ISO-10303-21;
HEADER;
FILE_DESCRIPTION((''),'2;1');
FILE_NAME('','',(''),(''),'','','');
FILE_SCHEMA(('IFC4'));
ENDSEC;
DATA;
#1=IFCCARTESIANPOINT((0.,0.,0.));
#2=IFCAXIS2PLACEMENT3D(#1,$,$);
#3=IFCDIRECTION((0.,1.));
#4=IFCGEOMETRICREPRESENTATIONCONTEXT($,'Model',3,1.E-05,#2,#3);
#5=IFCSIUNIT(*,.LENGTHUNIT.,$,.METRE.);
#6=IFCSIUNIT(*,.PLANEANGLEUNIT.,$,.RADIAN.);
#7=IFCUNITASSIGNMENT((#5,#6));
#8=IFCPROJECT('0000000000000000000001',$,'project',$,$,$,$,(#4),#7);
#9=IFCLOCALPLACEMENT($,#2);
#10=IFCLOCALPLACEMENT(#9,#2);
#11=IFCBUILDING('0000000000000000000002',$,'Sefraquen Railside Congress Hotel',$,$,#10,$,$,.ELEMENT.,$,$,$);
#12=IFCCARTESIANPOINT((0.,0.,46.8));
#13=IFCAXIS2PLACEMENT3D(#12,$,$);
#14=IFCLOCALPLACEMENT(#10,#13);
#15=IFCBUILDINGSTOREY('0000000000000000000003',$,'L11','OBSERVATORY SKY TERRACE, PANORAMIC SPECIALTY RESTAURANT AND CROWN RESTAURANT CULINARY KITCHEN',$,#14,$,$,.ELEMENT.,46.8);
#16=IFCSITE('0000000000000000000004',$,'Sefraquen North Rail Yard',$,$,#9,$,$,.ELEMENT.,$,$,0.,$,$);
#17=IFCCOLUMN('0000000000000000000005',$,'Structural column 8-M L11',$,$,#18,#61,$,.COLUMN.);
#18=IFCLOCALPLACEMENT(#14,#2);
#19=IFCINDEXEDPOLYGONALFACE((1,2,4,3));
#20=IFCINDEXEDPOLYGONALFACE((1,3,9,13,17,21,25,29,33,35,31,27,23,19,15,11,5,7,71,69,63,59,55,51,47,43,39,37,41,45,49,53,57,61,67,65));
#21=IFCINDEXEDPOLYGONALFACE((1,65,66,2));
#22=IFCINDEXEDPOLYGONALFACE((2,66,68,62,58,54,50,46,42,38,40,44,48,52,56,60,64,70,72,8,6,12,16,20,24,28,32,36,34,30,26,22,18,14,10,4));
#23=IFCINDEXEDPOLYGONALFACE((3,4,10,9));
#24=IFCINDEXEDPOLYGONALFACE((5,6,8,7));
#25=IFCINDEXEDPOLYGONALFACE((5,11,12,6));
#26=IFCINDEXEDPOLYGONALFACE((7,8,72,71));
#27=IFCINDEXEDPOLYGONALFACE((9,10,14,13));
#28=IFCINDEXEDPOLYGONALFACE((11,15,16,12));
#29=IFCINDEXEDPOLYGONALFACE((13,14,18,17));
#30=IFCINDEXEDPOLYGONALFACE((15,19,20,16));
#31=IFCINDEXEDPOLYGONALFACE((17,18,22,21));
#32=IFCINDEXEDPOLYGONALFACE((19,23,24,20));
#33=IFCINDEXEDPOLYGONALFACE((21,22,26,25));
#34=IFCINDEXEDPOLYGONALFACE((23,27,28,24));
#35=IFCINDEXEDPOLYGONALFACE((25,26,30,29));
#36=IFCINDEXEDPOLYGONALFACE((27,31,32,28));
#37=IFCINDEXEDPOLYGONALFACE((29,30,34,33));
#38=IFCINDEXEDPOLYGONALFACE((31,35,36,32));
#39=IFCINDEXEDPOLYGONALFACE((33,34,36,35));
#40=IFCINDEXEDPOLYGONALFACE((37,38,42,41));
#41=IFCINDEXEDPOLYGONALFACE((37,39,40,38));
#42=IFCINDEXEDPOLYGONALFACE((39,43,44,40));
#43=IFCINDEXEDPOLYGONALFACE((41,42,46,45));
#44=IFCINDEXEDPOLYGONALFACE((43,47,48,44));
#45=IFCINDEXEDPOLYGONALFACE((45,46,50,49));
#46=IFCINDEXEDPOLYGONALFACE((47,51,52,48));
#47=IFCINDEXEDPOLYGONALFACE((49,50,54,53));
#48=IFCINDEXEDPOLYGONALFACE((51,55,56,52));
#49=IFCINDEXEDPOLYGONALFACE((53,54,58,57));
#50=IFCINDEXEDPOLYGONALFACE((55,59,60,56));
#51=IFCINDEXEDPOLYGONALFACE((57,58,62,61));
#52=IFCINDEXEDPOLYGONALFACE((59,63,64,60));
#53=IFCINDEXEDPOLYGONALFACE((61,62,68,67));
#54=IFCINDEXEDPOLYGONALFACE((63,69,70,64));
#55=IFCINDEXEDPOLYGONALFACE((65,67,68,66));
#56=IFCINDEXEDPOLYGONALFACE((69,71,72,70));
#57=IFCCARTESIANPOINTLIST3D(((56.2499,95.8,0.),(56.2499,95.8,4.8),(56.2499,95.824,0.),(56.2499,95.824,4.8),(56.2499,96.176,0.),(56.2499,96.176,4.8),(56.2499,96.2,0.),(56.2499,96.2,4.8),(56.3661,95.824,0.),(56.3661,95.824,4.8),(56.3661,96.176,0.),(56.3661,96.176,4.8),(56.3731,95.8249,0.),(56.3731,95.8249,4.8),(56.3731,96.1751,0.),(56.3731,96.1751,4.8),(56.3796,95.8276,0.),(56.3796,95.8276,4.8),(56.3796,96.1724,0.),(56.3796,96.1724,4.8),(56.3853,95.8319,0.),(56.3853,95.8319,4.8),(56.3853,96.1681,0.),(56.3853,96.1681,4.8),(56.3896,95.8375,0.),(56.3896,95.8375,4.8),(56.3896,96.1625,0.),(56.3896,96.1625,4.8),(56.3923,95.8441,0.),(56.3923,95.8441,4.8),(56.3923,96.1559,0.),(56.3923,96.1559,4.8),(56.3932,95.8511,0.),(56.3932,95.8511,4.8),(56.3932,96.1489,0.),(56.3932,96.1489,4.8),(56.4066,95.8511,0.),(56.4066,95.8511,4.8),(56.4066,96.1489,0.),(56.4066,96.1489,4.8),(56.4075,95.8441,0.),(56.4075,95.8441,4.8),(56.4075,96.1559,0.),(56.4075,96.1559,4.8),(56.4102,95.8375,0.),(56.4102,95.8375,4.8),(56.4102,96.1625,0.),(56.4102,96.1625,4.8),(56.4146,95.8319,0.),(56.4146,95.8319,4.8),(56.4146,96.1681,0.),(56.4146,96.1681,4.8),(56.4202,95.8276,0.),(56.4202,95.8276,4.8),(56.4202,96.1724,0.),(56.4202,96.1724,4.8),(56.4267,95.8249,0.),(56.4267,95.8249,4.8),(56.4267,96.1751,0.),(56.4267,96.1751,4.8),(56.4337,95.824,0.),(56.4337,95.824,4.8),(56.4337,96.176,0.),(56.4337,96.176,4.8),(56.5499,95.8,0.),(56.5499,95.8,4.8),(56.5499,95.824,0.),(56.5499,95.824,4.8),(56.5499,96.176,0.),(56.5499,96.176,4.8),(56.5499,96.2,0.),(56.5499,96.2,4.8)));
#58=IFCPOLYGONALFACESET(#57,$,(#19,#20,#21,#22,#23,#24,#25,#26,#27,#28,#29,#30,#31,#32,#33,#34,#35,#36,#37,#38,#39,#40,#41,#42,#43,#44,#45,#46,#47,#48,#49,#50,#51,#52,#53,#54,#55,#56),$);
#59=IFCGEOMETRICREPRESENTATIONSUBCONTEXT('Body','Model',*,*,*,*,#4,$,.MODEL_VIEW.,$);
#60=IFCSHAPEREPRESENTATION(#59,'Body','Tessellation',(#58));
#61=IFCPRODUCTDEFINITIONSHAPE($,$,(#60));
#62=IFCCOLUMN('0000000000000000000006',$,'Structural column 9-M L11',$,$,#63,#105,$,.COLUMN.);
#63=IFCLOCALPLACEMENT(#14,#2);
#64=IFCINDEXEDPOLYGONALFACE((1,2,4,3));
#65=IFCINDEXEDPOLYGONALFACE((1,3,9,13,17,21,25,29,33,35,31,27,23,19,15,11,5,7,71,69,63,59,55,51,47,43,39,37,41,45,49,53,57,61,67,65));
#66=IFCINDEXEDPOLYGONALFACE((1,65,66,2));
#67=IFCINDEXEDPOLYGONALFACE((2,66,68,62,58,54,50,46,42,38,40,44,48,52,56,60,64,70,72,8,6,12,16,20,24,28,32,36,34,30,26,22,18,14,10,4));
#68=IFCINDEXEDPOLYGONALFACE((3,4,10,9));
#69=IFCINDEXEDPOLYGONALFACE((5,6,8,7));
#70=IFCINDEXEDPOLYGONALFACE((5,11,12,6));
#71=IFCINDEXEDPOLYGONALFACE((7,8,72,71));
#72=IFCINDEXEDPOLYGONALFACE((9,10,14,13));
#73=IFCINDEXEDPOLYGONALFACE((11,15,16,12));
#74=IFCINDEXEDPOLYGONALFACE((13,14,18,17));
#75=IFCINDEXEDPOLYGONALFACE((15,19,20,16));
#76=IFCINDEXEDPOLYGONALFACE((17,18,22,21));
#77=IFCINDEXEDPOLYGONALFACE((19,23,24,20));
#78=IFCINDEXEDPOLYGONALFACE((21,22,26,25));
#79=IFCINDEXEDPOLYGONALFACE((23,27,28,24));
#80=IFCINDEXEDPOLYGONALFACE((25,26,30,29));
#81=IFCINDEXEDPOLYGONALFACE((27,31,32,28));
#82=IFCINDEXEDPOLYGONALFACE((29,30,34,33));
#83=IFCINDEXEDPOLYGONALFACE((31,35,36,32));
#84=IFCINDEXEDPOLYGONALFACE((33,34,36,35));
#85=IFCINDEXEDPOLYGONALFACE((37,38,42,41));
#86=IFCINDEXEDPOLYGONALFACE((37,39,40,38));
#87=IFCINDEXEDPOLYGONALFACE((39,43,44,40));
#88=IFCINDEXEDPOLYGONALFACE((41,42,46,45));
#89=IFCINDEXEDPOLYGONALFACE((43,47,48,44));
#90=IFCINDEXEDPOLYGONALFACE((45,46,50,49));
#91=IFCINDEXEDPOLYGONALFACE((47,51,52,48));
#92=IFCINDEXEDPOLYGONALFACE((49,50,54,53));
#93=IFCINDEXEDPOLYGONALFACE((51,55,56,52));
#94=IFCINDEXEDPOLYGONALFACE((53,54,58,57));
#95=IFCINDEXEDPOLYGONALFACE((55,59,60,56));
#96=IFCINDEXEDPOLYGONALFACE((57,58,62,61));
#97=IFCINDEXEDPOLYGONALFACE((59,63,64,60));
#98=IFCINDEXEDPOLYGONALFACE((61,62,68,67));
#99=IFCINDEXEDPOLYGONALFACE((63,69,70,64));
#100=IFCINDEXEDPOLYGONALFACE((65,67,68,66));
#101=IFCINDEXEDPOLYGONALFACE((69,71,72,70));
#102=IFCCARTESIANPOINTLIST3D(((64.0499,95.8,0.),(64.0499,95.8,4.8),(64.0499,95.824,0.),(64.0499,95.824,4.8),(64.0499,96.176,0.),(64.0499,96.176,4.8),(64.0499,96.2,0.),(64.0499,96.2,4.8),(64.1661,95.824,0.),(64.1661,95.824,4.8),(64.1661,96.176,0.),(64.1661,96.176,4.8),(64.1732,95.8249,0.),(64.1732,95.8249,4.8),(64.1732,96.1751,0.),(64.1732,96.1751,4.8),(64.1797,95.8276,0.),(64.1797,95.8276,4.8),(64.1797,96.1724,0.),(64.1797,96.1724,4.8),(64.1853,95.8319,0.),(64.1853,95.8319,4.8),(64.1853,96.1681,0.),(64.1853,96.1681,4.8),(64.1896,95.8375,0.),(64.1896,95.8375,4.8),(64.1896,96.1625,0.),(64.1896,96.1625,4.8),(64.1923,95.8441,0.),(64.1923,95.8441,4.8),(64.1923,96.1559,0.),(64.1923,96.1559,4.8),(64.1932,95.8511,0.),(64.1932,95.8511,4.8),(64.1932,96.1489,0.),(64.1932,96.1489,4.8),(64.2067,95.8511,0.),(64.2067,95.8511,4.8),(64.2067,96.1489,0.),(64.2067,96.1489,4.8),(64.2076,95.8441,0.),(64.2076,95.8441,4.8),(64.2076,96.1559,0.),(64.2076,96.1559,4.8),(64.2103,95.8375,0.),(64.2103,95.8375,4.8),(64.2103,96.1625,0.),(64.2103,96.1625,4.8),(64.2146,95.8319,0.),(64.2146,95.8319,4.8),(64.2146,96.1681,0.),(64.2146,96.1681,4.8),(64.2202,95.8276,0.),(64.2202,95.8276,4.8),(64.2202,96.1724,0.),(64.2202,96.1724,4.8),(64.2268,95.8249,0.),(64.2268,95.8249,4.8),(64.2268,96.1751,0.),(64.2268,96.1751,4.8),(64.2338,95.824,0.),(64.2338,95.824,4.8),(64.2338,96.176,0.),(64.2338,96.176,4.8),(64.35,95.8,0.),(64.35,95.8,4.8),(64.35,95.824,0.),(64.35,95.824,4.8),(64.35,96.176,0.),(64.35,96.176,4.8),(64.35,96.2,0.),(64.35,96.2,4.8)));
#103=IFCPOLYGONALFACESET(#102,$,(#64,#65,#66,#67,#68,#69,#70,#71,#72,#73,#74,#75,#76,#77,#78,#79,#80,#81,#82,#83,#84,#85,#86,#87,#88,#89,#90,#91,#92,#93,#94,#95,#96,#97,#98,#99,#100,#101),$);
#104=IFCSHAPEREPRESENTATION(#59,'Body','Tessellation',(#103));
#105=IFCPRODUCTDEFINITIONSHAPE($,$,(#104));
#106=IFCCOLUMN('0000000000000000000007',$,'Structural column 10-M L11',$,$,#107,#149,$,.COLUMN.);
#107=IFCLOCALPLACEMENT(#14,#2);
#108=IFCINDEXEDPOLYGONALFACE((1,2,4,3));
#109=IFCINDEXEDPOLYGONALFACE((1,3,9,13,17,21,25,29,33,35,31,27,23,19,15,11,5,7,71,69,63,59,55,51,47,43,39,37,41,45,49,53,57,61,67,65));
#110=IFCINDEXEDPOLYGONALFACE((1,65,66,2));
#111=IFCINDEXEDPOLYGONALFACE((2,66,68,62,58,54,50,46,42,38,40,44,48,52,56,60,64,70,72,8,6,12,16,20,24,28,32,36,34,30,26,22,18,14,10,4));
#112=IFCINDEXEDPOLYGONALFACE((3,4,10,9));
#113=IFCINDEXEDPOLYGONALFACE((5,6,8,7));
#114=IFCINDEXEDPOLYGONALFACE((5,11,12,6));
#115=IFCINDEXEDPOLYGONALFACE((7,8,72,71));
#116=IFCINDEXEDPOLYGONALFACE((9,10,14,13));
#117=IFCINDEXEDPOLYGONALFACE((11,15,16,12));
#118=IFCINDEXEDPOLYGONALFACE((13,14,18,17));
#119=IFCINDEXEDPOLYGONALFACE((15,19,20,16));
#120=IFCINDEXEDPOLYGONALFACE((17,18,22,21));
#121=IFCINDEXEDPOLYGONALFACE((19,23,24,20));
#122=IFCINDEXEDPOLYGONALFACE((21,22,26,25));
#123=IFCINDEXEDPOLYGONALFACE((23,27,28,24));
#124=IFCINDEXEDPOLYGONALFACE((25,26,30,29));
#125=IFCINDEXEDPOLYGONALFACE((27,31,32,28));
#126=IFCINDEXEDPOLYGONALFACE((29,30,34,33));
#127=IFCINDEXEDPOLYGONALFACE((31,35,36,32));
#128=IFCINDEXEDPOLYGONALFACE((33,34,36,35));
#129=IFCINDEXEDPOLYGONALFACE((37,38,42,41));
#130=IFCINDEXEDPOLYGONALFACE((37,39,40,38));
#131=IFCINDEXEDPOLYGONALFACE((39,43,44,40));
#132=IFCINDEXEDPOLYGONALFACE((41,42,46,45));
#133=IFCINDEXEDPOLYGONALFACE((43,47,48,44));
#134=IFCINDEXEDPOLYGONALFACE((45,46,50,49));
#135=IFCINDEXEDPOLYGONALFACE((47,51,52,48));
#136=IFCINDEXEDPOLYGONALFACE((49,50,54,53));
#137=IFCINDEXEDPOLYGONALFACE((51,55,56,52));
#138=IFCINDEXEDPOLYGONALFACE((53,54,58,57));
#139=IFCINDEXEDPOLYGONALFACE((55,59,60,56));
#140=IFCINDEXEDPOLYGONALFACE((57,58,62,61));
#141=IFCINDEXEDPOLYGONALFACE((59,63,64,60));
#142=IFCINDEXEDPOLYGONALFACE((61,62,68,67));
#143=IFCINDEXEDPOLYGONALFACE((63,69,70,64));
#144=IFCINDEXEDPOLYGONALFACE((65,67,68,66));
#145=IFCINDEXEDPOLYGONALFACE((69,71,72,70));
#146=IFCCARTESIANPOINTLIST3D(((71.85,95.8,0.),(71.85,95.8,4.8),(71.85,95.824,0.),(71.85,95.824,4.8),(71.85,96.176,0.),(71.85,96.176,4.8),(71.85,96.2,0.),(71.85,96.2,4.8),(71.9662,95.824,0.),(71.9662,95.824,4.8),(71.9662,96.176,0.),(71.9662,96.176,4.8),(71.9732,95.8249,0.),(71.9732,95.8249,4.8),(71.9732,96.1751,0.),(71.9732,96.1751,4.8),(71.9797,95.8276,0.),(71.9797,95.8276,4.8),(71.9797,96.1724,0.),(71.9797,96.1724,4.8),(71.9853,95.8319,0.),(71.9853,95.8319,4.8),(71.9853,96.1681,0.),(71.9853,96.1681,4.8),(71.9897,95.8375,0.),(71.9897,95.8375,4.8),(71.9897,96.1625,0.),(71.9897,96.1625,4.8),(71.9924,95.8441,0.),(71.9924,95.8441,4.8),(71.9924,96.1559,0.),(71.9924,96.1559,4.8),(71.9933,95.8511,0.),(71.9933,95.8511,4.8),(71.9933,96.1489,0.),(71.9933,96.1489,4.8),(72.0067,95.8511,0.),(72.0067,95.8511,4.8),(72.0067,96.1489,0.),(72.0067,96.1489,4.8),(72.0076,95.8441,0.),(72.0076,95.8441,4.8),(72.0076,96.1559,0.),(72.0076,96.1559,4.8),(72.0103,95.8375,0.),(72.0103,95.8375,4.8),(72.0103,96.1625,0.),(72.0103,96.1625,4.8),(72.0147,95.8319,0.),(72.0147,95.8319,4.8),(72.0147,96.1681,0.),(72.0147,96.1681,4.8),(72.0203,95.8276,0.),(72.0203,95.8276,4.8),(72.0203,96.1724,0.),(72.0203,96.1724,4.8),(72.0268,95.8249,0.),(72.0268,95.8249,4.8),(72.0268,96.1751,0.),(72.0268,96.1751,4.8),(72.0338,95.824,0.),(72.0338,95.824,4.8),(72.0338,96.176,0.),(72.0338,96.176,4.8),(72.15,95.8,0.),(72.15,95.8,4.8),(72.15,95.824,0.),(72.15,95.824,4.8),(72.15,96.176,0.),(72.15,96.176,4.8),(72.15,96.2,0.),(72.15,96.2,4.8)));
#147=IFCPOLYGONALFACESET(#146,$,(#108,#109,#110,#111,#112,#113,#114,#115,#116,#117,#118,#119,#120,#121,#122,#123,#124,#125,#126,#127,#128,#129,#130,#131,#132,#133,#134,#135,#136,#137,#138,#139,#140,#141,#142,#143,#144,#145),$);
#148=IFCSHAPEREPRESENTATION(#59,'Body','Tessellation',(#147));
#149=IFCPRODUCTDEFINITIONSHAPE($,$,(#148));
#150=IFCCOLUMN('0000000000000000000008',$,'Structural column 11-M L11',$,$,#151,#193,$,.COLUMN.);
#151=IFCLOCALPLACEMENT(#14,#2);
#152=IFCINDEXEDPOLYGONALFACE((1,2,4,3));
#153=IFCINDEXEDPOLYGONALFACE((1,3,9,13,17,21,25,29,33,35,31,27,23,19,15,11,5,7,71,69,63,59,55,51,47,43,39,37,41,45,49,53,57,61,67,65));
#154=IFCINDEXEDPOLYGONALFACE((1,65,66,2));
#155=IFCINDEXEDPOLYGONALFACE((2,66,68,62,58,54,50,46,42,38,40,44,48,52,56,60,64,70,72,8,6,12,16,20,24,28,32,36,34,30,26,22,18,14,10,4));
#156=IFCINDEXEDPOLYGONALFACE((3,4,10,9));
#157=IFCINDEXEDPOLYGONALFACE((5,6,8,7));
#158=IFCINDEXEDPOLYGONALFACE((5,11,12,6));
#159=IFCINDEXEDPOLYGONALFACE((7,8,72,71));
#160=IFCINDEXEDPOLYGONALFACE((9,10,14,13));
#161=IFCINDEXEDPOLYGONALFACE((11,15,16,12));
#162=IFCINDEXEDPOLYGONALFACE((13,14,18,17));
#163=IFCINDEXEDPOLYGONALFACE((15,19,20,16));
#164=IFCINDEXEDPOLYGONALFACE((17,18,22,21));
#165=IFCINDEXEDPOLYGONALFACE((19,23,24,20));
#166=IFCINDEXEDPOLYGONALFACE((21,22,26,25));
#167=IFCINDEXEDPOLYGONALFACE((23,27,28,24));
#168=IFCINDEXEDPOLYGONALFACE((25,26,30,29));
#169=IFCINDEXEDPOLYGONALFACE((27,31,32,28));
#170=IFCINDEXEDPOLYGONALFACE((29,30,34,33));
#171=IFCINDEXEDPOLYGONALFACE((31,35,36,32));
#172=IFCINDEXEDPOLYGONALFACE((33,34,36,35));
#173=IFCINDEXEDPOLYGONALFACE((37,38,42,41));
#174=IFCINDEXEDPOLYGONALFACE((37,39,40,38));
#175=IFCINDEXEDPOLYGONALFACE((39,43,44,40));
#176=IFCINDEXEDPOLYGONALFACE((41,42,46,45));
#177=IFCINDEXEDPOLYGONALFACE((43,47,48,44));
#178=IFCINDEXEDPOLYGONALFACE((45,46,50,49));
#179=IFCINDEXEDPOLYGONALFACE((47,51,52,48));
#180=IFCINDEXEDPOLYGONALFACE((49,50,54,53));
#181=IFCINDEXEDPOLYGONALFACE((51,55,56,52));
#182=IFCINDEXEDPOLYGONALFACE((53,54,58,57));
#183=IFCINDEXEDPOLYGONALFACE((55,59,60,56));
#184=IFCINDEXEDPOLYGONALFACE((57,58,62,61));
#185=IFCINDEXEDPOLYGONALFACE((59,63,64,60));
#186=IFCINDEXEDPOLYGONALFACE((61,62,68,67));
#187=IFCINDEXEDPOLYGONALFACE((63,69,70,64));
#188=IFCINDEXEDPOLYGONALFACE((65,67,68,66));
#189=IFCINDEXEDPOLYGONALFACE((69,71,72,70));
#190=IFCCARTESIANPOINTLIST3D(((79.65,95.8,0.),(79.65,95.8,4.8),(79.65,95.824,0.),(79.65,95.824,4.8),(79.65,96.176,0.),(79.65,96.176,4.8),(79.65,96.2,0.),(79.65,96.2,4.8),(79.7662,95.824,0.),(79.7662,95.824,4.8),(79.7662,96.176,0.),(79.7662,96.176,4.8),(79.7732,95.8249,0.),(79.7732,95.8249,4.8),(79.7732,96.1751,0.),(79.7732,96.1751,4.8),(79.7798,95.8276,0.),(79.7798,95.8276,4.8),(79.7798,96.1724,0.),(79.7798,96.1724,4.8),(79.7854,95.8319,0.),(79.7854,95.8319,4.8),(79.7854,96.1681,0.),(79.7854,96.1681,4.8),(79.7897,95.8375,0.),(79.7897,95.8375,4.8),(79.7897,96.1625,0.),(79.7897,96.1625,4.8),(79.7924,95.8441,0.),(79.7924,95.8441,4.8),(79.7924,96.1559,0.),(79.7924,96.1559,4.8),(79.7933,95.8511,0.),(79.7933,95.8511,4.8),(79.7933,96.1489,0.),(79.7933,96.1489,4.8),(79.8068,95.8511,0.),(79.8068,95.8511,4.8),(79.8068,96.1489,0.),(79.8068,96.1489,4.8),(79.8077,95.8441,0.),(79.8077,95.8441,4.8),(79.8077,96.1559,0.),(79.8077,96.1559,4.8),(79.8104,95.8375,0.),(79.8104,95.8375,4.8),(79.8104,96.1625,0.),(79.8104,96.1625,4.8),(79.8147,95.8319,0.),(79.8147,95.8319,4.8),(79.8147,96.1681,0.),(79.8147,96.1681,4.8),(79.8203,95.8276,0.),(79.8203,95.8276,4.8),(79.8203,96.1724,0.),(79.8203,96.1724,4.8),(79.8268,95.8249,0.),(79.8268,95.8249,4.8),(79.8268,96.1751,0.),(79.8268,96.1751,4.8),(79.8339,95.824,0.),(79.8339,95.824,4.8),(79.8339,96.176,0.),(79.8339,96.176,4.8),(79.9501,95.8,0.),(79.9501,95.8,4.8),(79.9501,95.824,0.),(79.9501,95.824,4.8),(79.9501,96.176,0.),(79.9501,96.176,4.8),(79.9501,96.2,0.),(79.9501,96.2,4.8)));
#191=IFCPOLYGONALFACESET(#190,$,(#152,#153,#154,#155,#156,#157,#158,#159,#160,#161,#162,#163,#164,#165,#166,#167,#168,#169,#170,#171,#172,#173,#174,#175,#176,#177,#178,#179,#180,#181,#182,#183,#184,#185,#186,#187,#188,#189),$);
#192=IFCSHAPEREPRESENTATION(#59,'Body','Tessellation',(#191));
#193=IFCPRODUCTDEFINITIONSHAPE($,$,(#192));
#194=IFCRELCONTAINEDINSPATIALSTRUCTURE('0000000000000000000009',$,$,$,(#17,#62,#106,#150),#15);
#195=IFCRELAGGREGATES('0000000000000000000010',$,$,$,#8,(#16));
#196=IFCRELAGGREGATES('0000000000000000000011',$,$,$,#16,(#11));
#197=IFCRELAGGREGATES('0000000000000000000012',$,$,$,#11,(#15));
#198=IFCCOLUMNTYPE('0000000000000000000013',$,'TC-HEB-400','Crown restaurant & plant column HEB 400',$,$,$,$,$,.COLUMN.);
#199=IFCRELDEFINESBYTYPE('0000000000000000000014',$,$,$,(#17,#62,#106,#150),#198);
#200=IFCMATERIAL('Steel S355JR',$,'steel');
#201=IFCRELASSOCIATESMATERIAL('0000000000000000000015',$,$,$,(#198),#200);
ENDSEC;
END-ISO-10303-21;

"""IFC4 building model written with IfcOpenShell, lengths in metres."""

from ifc_helpers import new_model, si_unit, direction, frame, origin, origin_2d, place, context, subcontext, project, spatial, i_section, extrude, material, material_profile, profile_set, type_object, element, save


model = new_model("IFC4")

# Units and contexts
model_context = context("Model", 3, precision=1e-05, world=origin(), true_north=direction((0.0, 1.0)))
body_context = subcontext(model_context, "Body", "Model", "MODEL_VIEW")
ifc_project = project(units=[si_unit("LENGTHUNIT", "METRE"), si_unit("PLANEANGLEUNIT", "RADIAN")], contexts=[model_context])

# Site, building, storey
site_placement = place(None, origin())
site = spatial("IfcSite", under=ifc_project, at=site_placement, Name="Sefraquen North Rail Yard", CompositionType="ELEMENT", RefElevation=0.0)
building_placement = place(site_placement, origin())
building = spatial("IfcBuilding", under=site, at=building_placement, Name="Sefraquen Railside Congress Hotel", CompositionType="ELEMENT")
storey_placement = place(building_placement, frame((0.0, 0.0, 46.8)))
storey = spatial("IfcBuildingStorey", under=building, at=storey_placement, Name="L11", Description="OBSERVATORY SKY TERRACE, PANORAMIC SPECIALTY RESTAURANT AND CROWN RESTAURANT CULINARY KITCHEN", CompositionType="ELEMENT", Elevation=46.8)

# Columns
ifc_material = material(Name="Steel S355JR", Category="steel")
ifc_material_profile_1 = material_profile(ifc_material, i_section(OverallWidth=0.3, OverallDepth=0.3999, WebThickness=0.0134, FlangeThickness=0.0239, FilletRadius=0.0271, at=origin_2d()), Name="HEB 400")
ifc_profile_set_1 = profile_set([ifc_material_profile_1], Name="Steel S355JR")
column_type = type_object("IfcColumnType", Name="TC-HEB-400", Description="Crown restaurant & plant column HEB 400", PredefinedType="COLUMN", material=ifc_profile_set_1)
for number, where, z_axis, x_axis, name in (
    (1, (56.3999, 96.0, 0.0), (0.0, 0.0, 1.0), (1.0, 0.0, 0.0), "Structural column 8-M L11"),
    (2, (64.2, 96.0, 0.0), (0.0, 0.0, 1.0), (1.0, 0.0, 0.0), "Structural column 9-M L11"),
    (3, (72.0, 96.0, 0.0), (0.0, 0.0, 1.0), (1.0, 0.0, 0.0), "Structural column 10-M L11"),
    (4, (79.8, 96.0, 0.0), (0.0, 0.0, 1.0), (1.0, 0.0, 0.0), "Structural column 11-M L11"),
):
    element("IfcColumn", number, at=place(storey_placement, frame(where, z_axis=z_axis, x_axis=x_axis)), inside=storey, type_object=column_type, Name=name, PredefinedType="COLUMN", context=body_context, shape_type="SweptSolid", body=[
        extrude(i_section(OverallWidth=0.3, OverallDepth=0.3999, WebThickness=0.0134, FlangeThickness=0.0239, FilletRadius=0.0271, at=origin_2d()), origin(), (0.0, 0.0, 1.0), 4.8),
    ])

save(model, "model.ifc")
